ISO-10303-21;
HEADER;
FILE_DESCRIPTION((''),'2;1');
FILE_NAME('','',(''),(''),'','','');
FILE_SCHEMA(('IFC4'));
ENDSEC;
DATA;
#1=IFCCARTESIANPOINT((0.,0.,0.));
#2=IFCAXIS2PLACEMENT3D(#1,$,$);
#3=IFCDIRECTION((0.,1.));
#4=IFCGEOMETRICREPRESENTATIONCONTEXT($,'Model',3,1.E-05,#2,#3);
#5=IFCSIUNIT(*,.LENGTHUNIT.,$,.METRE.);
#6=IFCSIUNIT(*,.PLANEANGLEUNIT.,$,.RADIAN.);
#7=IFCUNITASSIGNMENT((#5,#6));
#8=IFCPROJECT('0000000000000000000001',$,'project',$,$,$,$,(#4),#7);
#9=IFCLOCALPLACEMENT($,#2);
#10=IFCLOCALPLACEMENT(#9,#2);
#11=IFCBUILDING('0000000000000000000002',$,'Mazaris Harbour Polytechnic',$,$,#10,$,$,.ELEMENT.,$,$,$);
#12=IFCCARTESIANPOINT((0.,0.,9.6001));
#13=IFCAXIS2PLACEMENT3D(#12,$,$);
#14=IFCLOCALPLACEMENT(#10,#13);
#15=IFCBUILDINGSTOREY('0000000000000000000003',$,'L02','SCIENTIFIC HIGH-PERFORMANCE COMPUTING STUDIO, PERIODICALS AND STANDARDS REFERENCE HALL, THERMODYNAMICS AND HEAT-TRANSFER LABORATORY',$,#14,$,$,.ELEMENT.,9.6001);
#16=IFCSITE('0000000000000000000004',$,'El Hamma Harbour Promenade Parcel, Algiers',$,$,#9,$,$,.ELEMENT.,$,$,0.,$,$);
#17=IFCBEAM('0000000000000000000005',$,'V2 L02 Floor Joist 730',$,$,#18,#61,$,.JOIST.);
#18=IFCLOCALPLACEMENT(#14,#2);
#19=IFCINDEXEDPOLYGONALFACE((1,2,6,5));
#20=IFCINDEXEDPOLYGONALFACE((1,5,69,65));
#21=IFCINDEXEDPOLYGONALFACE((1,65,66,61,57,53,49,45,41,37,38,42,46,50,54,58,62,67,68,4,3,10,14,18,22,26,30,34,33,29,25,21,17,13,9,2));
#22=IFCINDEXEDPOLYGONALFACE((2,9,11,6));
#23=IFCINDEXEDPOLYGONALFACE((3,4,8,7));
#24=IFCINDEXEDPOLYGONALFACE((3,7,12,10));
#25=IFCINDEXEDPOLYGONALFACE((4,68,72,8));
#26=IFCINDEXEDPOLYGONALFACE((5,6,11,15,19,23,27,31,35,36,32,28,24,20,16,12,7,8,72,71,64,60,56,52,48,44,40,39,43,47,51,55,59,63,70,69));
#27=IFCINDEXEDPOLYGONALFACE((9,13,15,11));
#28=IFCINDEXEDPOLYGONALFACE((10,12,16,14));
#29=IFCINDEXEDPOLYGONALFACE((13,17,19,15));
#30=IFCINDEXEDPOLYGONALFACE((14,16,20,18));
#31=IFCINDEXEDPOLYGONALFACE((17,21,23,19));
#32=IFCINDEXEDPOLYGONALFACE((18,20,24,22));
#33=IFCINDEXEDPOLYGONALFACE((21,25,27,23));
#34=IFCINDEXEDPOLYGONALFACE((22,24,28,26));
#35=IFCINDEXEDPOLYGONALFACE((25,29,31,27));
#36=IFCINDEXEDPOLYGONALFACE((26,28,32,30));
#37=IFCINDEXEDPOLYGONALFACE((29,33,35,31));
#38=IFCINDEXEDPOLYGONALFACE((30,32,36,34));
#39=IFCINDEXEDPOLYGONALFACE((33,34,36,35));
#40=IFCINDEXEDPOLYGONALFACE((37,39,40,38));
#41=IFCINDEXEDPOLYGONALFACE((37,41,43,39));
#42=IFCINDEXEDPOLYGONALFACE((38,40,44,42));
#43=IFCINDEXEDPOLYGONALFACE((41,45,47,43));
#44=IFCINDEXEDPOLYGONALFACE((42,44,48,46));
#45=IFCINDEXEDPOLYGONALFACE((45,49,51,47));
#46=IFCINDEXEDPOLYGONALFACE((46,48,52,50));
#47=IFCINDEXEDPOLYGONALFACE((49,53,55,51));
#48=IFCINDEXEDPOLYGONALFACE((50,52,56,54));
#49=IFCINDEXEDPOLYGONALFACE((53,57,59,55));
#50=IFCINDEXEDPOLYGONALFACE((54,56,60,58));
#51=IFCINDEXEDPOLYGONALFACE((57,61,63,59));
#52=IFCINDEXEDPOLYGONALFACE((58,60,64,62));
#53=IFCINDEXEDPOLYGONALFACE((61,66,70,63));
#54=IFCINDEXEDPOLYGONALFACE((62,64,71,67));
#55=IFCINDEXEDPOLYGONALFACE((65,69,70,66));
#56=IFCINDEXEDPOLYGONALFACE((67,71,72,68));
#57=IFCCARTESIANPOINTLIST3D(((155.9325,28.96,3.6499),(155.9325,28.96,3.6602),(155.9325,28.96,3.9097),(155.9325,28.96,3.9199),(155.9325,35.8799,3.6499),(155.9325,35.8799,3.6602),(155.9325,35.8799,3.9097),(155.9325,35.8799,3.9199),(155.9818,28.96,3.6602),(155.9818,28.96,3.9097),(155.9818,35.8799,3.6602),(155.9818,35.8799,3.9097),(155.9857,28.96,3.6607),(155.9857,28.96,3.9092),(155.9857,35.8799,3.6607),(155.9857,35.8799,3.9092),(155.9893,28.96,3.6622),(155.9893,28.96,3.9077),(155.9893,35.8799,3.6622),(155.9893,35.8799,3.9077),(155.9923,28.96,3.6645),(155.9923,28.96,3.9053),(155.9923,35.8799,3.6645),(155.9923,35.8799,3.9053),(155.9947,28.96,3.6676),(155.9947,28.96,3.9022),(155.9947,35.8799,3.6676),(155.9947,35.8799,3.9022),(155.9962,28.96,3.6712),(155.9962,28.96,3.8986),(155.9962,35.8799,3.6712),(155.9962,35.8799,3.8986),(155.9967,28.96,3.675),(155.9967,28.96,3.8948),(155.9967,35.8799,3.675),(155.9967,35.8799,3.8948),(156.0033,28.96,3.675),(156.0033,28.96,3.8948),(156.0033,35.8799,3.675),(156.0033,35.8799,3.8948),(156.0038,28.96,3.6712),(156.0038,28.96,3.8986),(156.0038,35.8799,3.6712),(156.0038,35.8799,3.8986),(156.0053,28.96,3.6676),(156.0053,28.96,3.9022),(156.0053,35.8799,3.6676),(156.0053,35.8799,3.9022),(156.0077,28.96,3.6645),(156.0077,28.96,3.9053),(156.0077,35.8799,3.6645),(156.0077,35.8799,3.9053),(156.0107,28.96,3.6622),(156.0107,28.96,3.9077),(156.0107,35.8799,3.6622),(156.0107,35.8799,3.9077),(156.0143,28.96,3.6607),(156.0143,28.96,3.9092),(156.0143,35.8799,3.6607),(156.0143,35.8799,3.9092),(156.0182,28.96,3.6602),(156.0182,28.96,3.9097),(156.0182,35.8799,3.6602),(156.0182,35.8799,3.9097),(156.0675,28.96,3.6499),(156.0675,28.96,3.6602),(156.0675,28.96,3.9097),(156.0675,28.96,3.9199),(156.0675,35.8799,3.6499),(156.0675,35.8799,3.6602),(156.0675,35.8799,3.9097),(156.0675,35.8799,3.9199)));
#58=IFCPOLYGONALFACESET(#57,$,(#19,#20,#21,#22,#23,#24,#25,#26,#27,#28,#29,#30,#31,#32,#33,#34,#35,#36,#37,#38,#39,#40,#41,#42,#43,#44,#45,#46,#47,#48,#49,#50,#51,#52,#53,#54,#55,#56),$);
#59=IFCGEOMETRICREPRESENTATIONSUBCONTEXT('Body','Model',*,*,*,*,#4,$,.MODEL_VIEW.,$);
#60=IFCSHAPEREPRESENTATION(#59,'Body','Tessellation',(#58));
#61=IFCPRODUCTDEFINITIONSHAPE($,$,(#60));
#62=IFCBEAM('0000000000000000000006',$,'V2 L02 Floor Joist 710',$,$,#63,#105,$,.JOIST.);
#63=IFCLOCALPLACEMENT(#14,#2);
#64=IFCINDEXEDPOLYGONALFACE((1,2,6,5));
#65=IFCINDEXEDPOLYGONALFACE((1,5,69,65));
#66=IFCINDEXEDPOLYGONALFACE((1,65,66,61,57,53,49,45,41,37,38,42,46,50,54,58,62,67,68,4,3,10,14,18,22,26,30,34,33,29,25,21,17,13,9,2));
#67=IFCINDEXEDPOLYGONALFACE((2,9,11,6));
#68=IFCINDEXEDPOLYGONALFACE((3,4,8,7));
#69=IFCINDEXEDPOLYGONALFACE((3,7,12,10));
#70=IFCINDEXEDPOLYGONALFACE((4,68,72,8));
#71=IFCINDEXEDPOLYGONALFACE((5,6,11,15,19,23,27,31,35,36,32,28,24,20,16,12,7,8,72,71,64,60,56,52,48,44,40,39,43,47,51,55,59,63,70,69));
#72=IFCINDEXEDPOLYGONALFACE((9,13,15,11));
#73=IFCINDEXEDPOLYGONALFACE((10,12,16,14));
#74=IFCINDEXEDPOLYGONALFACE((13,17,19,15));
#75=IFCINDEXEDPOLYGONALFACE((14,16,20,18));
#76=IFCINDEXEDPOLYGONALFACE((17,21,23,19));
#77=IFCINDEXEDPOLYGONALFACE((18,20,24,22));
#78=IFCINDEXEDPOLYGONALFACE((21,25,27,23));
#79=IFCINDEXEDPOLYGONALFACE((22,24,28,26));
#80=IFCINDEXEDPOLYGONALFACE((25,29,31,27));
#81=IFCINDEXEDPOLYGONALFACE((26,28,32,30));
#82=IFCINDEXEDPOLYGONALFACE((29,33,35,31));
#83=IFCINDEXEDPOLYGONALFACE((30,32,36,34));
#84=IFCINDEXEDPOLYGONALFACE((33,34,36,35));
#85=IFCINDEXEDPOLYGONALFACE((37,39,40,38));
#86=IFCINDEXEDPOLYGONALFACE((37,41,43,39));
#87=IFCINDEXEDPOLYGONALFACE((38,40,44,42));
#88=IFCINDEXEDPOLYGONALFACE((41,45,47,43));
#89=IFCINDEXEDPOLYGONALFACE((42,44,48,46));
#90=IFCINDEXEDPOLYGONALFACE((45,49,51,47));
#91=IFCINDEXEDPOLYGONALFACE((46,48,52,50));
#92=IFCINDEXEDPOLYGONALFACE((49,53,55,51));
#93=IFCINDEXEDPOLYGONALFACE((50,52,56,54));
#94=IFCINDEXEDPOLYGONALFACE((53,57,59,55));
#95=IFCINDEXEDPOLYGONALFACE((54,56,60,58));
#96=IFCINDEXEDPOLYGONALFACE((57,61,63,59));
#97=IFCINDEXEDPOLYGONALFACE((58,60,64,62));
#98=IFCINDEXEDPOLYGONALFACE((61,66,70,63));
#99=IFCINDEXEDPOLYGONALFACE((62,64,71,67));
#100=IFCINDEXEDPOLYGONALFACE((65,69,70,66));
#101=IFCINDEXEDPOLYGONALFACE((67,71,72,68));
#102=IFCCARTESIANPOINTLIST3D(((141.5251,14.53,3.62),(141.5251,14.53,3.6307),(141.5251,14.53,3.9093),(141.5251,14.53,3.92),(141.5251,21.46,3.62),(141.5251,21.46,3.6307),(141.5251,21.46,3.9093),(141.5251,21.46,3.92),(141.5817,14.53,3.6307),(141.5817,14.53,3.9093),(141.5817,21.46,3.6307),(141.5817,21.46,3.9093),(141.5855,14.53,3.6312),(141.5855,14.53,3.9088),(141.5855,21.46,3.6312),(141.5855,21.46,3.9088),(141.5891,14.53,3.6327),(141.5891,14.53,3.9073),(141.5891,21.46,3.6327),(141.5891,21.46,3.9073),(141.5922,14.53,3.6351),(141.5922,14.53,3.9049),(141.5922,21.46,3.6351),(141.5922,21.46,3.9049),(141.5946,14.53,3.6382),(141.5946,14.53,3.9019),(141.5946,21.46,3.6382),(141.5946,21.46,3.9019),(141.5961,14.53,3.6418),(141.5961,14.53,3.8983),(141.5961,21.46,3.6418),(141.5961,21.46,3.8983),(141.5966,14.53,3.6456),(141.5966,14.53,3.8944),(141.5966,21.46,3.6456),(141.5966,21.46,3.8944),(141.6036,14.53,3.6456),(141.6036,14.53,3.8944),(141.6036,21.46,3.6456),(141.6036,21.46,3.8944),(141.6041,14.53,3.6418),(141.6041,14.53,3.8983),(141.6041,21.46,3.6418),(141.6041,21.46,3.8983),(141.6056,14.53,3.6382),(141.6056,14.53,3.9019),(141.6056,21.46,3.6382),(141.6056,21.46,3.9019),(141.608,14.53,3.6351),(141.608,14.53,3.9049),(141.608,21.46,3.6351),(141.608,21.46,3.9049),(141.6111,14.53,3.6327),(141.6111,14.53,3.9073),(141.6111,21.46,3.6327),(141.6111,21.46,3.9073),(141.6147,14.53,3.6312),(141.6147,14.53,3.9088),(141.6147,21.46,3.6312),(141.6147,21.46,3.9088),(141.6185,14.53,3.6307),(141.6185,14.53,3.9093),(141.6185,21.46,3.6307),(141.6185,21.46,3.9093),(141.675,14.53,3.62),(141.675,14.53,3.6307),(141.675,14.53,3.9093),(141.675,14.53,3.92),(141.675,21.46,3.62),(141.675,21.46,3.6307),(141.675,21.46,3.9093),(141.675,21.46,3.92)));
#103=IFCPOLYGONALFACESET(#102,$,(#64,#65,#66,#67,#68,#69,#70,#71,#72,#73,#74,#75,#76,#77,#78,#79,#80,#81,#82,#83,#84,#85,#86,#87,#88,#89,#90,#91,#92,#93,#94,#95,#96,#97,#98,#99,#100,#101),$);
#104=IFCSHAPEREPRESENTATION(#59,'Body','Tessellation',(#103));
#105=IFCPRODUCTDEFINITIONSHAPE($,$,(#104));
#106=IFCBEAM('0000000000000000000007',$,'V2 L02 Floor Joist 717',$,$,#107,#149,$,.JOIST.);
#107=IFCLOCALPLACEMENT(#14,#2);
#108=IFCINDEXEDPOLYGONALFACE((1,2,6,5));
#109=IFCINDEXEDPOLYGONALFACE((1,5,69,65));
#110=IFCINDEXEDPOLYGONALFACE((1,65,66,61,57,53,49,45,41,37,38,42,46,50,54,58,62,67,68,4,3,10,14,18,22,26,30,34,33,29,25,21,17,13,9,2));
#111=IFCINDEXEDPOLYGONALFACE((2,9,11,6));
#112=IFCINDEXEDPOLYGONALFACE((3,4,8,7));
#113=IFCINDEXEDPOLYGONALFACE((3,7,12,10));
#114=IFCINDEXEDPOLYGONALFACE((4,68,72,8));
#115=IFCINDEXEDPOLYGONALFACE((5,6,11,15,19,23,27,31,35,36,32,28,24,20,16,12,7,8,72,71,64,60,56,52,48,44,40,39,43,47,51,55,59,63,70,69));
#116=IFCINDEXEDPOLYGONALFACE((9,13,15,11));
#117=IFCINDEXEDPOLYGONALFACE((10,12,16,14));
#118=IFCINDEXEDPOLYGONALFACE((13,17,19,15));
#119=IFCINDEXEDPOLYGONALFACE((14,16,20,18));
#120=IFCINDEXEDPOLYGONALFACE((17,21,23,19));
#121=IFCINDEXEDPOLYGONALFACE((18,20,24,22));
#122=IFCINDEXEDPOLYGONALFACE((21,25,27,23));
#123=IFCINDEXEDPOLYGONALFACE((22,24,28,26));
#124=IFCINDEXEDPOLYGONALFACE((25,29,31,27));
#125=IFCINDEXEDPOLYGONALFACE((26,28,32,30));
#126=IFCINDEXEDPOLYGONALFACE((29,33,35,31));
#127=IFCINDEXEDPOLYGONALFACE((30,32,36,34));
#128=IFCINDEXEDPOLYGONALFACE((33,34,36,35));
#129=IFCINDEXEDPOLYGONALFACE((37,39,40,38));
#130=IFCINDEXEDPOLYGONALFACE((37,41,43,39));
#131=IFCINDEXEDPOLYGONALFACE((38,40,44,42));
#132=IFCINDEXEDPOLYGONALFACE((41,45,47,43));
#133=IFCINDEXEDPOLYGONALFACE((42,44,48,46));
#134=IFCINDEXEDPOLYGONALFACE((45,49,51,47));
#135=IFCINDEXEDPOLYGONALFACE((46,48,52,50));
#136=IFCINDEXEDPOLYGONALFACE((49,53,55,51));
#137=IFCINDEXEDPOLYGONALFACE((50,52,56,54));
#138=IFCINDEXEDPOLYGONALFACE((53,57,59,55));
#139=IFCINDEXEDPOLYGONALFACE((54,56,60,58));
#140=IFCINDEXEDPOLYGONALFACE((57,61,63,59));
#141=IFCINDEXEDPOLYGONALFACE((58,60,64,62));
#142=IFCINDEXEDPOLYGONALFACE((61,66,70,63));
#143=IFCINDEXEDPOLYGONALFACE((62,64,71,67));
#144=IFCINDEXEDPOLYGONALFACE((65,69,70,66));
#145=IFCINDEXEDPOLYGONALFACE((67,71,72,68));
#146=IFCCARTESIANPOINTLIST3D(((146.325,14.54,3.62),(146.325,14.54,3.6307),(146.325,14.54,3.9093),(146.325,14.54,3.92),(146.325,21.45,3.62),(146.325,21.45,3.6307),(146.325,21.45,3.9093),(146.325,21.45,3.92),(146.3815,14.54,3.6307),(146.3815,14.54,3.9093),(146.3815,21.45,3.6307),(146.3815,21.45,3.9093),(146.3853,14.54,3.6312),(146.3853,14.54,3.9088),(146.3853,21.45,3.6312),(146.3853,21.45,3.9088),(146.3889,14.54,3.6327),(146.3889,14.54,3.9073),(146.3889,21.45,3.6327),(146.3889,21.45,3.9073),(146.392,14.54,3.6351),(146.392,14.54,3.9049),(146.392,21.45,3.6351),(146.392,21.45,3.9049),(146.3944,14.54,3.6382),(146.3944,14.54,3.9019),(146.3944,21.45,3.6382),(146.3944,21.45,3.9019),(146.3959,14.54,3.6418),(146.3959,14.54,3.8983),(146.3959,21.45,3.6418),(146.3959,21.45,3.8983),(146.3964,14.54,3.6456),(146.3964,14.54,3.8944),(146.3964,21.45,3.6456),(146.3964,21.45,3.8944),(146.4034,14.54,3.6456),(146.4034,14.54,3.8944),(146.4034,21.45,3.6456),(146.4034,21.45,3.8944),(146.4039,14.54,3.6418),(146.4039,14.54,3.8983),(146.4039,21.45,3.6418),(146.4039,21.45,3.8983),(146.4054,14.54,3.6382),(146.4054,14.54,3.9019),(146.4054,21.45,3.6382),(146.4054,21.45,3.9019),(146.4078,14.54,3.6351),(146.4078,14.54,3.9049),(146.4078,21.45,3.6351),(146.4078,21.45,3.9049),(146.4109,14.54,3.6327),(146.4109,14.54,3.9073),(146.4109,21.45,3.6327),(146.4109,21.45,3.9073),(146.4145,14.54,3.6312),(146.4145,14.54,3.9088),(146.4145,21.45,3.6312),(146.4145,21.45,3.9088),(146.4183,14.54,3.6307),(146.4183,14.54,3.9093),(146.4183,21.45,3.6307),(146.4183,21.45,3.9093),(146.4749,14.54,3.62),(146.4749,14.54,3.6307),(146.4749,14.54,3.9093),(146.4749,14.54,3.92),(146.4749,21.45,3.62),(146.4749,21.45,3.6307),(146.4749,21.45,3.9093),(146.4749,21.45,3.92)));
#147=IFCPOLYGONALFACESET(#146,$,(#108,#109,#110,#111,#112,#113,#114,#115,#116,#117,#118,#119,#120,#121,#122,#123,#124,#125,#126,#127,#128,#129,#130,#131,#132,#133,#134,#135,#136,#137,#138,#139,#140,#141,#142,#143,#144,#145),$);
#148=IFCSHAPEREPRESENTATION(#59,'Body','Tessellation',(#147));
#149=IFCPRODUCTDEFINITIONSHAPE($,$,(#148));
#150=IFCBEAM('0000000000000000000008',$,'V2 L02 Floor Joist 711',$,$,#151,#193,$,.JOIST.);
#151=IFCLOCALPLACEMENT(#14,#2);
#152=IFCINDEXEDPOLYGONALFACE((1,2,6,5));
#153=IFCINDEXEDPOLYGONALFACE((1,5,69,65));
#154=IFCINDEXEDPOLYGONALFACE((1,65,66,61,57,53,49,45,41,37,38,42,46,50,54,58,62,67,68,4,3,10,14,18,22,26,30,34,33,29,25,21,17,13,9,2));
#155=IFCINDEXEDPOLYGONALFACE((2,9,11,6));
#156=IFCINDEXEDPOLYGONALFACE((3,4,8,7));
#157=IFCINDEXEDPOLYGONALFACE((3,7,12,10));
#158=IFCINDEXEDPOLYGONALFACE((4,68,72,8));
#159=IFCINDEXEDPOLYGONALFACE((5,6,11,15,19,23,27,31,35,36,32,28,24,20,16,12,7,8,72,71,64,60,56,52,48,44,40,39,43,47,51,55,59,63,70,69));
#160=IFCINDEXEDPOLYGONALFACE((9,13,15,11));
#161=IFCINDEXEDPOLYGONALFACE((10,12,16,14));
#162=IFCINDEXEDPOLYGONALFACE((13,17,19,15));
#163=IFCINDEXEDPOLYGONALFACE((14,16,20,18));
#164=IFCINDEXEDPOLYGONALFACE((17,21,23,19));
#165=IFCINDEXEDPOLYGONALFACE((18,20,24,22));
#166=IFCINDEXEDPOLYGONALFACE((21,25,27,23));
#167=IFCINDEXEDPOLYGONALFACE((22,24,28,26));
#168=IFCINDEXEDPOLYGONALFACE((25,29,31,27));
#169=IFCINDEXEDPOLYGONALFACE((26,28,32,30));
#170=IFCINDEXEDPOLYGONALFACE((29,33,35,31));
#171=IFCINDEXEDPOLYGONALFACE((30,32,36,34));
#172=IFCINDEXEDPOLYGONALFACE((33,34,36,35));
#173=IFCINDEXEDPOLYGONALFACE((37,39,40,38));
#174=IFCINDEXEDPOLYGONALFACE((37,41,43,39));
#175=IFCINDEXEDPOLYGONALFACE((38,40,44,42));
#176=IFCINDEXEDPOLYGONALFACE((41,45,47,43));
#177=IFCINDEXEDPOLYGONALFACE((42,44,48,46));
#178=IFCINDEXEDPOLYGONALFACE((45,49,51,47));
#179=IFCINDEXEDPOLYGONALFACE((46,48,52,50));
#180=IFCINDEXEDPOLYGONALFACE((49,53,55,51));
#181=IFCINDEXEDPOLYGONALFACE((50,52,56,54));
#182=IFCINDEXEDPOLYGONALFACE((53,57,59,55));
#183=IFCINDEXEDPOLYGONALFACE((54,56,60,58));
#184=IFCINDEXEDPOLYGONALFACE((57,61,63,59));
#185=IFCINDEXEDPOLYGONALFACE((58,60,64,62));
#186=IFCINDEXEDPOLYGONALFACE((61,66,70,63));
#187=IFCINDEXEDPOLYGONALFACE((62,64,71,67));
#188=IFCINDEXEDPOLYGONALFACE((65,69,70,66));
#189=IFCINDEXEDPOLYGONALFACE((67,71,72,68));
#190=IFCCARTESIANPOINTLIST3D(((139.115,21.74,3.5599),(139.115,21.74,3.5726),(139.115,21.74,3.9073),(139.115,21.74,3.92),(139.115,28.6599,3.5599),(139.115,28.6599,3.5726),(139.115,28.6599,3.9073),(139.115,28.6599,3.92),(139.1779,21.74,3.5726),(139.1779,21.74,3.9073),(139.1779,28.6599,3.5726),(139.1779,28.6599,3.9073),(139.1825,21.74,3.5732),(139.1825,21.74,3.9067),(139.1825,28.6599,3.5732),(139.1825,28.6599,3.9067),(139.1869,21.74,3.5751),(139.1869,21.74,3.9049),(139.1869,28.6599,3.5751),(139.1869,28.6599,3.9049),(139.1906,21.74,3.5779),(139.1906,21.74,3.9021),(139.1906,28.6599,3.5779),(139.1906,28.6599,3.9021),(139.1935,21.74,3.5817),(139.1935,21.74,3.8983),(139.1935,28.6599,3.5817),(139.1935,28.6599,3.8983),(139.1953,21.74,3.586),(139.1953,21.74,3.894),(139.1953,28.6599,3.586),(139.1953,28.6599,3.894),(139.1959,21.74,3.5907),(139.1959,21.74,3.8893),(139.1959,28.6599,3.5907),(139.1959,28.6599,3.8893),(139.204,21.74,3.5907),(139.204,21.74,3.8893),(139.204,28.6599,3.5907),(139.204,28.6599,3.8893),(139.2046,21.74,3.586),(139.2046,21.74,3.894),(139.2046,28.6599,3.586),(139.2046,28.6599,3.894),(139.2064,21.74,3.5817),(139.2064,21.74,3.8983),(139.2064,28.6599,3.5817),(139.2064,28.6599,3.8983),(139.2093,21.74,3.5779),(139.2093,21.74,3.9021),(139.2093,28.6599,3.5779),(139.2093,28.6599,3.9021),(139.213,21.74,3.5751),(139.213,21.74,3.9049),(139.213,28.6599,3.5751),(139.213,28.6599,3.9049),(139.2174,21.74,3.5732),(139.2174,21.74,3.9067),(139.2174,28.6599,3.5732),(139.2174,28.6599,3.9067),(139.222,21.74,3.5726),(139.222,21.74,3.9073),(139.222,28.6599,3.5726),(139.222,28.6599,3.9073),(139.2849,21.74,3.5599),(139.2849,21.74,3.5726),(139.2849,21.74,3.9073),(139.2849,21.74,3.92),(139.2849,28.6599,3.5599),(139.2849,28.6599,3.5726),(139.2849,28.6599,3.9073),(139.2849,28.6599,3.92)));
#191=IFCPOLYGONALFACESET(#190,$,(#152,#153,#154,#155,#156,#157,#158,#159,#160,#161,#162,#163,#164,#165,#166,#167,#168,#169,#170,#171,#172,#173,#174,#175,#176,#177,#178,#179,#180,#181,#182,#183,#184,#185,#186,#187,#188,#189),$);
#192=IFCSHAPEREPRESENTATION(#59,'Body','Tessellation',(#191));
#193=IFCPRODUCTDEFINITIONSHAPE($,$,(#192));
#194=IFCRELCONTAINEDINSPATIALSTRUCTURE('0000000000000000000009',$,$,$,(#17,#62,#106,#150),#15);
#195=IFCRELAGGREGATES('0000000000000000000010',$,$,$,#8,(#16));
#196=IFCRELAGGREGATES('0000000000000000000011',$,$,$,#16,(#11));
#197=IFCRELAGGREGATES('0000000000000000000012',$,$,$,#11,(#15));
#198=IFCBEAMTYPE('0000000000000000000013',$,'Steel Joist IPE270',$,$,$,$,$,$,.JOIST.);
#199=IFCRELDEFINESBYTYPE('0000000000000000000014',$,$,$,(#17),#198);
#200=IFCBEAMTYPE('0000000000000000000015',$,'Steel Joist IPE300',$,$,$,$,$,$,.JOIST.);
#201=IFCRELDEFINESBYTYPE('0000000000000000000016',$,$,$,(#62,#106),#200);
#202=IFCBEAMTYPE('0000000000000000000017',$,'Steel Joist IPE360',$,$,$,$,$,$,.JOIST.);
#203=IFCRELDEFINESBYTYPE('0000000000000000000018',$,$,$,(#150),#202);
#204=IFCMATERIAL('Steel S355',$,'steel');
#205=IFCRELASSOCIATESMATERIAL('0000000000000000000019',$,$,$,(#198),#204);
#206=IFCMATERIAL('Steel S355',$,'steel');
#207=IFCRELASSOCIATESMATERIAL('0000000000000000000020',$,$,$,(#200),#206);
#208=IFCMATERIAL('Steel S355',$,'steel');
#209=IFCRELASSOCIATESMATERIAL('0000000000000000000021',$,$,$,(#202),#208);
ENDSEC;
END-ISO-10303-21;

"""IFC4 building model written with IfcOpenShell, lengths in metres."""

from ifc_helpers import new_model, si_unit, direction, frame, origin, origin_2d, place, context, subcontext, project, spatial, i_section, extrude, material, material_profile, profile_set, type_object, element, save


model = new_model("IFC4")

# Units and contexts
model_context = context("Model", 3, precision=1e-05, world=origin(), true_north=direction((0.0, 1.0)))
body_context = subcontext(model_context, "Body", "Model", "MODEL_VIEW")
ifc_project = project(units=[si_unit("LENGTHUNIT", "METRE"), si_unit("PLANEANGLEUNIT", "RADIAN")], contexts=[model_context])

# Site, building, storey
site_placement = place(None, origin())
site = spatial("IfcSite", under=ifc_project, at=site_placement, Name="El Hamma Harbour Promenade Parcel, Algiers", CompositionType="ELEMENT", RefElevation=0.0)
building_placement = place(site_placement, origin())
building = spatial("IfcBuilding", under=site, at=building_placement, Name="Mazaris Harbour Polytechnic", CompositionType="ELEMENT")
storey_placement = place(building_placement, frame((0.0, 0.0, 9.6001)))
storey = spatial("IfcBuildingStorey", under=building, at=storey_placement, Name="L02", Description="SCIENTIFIC HIGH-PERFORMANCE COMPUTING STUDIO, PERIODICALS AND STANDARDS REFERENCE HALL, THERMODYNAMICS AND HEAT-TRANSFER LABORATORY", CompositionType="ELEMENT", Elevation=9.6001)

# Beams
ifc_material_1 = material(Name="Steel S355", Category="steel")
ifc_material_profile_1 = material_profile(ifc_material_1, i_section(OverallWidth=0.135, OverallDepth=0.27, WebThickness=0.0066, FlangeThickness=0.0103, FilletRadius=0.0149, at=origin_2d()), Name="IPE 270")
ifc_profile_set_1 = profile_set([ifc_material_profile_1], Name="Steel S355")
beam_type_1 = type_object("IfcBeamType", Name="Steel Joist IPE270", PredefinedType="JOIST", material=ifc_profile_set_1)
beam_1_placement = place(storey_placement, frame((156.0, 28.96, 3.7849), z_axis=(0.0, 1.0, 0.0), x_axis=(-1.0, 0.0, 0.0)))
element("IfcBeam", 1, at=beam_1_placement, inside=storey, type_object=beam_type_1, Name="V2 L02 Floor Joist 730", PredefinedType="JOIST", context=body_context, shape_type="SweptSolid", body=[
    extrude(i_section(OverallWidth=0.135, OverallDepth=0.27, WebThickness=0.0066, FlangeThickness=0.0103, FilletRadius=0.0149, at=origin_2d()), origin(), (0.0, 0.0, 1.0), 6.9199),
])
ifc_material_2 = material(Name="Steel S355", Category="steel")
ifc_material_profile_2 = material_profile(ifc_material_2, i_section(OverallWidth=0.1499, OverallDepth=0.3, WebThickness=0.0071, FlangeThickness=0.0107, FilletRadius=0.0149, at=origin_2d()), Name="IPE 300")
ifc_profile_set_2 = profile_set([ifc_material_profile_2], Name="Steel S355")
beam_type_2 = type_object("IfcBeamType", Name="Steel Joist IPE300", PredefinedType="JOIST", material=ifc_profile_set_2)
beam_2_placement = place(storey_placement, frame((141.6001, 14.53, 3.77), z_axis=(0.0, 1.0, 0.0), x_axis=(-1.0, 0.0, 0.0)))
element("IfcBeam", 2, at=beam_2_placement, inside=storey, type_object=beam_type_2, Name="V2 L02 Floor Joist 710", PredefinedType="JOIST", context=body_context, shape_type="SweptSolid", body=[
    extrude(i_section(OverallWidth=0.1499, OverallDepth=0.3, WebThickness=0.0071, FlangeThickness=0.0107, FilletRadius=0.0149, at=origin_2d()), origin(), (0.0, 0.0, 1.0), 6.9299),
])
beam_3_placement = place(storey_placement, frame((146.3999, 14.54, 3.77), z_axis=(0.0, 1.0, 0.0), x_axis=(-1.0, 0.0, 0.0)))
element("IfcBeam", 3, at=beam_3_placement, inside=storey, type_object=beam_type_2, Name="V2 L02 Floor Joist 717", PredefinedType="JOIST", context=body_context, shape_type="SweptSolid", body=[
    extrude(i_section(OverallWidth=0.1499, OverallDepth=0.3, WebThickness=0.0071, FlangeThickness=0.0107, FilletRadius=0.0149, at=origin_2d()), origin(), (0.0, 0.0, 1.0), 6.9099),
])
ifc_material_3 = material(Name="Steel S355", Category="steel")
ifc_material_profile_3 = material_profile(ifc_material_3, i_section(OverallWidth=0.1699, OverallDepth=0.3601, WebThickness=0.0081, FlangeThickness=0.0127, FilletRadius=0.0181, at=origin_2d()), Name="IPE 360")
ifc_profile_set_3 = profile_set([ifc_material_profile_3], Name="Steel S355")
beam_type_3 = type_object("IfcBeamType", Name="Steel Joist IPE360", PredefinedType="JOIST", material=ifc_profile_set_3)
beam_4_placement = place(storey_placement, frame((139.2, 21.74, 3.74), z_axis=(0.0, 1.0, 0.0), x_axis=(-1.0, 0.0, 0.0)))
element("IfcBeam", 4, at=beam_4_placement, inside=storey, type_object=beam_type_3, Name="V2 L02 Floor Joist 711", PredefinedType="JOIST", context=body_context, shape_type="SweptSolid", body=[
    extrude(i_section(OverallWidth=0.1699, OverallDepth=0.3601, WebThickness=0.0081, FlangeThickness=0.0127, FilletRadius=0.0181, at=origin_2d()), origin(), (0.0, 0.0, 1.0), 6.9199),
])

save(model, "model.ifc")
